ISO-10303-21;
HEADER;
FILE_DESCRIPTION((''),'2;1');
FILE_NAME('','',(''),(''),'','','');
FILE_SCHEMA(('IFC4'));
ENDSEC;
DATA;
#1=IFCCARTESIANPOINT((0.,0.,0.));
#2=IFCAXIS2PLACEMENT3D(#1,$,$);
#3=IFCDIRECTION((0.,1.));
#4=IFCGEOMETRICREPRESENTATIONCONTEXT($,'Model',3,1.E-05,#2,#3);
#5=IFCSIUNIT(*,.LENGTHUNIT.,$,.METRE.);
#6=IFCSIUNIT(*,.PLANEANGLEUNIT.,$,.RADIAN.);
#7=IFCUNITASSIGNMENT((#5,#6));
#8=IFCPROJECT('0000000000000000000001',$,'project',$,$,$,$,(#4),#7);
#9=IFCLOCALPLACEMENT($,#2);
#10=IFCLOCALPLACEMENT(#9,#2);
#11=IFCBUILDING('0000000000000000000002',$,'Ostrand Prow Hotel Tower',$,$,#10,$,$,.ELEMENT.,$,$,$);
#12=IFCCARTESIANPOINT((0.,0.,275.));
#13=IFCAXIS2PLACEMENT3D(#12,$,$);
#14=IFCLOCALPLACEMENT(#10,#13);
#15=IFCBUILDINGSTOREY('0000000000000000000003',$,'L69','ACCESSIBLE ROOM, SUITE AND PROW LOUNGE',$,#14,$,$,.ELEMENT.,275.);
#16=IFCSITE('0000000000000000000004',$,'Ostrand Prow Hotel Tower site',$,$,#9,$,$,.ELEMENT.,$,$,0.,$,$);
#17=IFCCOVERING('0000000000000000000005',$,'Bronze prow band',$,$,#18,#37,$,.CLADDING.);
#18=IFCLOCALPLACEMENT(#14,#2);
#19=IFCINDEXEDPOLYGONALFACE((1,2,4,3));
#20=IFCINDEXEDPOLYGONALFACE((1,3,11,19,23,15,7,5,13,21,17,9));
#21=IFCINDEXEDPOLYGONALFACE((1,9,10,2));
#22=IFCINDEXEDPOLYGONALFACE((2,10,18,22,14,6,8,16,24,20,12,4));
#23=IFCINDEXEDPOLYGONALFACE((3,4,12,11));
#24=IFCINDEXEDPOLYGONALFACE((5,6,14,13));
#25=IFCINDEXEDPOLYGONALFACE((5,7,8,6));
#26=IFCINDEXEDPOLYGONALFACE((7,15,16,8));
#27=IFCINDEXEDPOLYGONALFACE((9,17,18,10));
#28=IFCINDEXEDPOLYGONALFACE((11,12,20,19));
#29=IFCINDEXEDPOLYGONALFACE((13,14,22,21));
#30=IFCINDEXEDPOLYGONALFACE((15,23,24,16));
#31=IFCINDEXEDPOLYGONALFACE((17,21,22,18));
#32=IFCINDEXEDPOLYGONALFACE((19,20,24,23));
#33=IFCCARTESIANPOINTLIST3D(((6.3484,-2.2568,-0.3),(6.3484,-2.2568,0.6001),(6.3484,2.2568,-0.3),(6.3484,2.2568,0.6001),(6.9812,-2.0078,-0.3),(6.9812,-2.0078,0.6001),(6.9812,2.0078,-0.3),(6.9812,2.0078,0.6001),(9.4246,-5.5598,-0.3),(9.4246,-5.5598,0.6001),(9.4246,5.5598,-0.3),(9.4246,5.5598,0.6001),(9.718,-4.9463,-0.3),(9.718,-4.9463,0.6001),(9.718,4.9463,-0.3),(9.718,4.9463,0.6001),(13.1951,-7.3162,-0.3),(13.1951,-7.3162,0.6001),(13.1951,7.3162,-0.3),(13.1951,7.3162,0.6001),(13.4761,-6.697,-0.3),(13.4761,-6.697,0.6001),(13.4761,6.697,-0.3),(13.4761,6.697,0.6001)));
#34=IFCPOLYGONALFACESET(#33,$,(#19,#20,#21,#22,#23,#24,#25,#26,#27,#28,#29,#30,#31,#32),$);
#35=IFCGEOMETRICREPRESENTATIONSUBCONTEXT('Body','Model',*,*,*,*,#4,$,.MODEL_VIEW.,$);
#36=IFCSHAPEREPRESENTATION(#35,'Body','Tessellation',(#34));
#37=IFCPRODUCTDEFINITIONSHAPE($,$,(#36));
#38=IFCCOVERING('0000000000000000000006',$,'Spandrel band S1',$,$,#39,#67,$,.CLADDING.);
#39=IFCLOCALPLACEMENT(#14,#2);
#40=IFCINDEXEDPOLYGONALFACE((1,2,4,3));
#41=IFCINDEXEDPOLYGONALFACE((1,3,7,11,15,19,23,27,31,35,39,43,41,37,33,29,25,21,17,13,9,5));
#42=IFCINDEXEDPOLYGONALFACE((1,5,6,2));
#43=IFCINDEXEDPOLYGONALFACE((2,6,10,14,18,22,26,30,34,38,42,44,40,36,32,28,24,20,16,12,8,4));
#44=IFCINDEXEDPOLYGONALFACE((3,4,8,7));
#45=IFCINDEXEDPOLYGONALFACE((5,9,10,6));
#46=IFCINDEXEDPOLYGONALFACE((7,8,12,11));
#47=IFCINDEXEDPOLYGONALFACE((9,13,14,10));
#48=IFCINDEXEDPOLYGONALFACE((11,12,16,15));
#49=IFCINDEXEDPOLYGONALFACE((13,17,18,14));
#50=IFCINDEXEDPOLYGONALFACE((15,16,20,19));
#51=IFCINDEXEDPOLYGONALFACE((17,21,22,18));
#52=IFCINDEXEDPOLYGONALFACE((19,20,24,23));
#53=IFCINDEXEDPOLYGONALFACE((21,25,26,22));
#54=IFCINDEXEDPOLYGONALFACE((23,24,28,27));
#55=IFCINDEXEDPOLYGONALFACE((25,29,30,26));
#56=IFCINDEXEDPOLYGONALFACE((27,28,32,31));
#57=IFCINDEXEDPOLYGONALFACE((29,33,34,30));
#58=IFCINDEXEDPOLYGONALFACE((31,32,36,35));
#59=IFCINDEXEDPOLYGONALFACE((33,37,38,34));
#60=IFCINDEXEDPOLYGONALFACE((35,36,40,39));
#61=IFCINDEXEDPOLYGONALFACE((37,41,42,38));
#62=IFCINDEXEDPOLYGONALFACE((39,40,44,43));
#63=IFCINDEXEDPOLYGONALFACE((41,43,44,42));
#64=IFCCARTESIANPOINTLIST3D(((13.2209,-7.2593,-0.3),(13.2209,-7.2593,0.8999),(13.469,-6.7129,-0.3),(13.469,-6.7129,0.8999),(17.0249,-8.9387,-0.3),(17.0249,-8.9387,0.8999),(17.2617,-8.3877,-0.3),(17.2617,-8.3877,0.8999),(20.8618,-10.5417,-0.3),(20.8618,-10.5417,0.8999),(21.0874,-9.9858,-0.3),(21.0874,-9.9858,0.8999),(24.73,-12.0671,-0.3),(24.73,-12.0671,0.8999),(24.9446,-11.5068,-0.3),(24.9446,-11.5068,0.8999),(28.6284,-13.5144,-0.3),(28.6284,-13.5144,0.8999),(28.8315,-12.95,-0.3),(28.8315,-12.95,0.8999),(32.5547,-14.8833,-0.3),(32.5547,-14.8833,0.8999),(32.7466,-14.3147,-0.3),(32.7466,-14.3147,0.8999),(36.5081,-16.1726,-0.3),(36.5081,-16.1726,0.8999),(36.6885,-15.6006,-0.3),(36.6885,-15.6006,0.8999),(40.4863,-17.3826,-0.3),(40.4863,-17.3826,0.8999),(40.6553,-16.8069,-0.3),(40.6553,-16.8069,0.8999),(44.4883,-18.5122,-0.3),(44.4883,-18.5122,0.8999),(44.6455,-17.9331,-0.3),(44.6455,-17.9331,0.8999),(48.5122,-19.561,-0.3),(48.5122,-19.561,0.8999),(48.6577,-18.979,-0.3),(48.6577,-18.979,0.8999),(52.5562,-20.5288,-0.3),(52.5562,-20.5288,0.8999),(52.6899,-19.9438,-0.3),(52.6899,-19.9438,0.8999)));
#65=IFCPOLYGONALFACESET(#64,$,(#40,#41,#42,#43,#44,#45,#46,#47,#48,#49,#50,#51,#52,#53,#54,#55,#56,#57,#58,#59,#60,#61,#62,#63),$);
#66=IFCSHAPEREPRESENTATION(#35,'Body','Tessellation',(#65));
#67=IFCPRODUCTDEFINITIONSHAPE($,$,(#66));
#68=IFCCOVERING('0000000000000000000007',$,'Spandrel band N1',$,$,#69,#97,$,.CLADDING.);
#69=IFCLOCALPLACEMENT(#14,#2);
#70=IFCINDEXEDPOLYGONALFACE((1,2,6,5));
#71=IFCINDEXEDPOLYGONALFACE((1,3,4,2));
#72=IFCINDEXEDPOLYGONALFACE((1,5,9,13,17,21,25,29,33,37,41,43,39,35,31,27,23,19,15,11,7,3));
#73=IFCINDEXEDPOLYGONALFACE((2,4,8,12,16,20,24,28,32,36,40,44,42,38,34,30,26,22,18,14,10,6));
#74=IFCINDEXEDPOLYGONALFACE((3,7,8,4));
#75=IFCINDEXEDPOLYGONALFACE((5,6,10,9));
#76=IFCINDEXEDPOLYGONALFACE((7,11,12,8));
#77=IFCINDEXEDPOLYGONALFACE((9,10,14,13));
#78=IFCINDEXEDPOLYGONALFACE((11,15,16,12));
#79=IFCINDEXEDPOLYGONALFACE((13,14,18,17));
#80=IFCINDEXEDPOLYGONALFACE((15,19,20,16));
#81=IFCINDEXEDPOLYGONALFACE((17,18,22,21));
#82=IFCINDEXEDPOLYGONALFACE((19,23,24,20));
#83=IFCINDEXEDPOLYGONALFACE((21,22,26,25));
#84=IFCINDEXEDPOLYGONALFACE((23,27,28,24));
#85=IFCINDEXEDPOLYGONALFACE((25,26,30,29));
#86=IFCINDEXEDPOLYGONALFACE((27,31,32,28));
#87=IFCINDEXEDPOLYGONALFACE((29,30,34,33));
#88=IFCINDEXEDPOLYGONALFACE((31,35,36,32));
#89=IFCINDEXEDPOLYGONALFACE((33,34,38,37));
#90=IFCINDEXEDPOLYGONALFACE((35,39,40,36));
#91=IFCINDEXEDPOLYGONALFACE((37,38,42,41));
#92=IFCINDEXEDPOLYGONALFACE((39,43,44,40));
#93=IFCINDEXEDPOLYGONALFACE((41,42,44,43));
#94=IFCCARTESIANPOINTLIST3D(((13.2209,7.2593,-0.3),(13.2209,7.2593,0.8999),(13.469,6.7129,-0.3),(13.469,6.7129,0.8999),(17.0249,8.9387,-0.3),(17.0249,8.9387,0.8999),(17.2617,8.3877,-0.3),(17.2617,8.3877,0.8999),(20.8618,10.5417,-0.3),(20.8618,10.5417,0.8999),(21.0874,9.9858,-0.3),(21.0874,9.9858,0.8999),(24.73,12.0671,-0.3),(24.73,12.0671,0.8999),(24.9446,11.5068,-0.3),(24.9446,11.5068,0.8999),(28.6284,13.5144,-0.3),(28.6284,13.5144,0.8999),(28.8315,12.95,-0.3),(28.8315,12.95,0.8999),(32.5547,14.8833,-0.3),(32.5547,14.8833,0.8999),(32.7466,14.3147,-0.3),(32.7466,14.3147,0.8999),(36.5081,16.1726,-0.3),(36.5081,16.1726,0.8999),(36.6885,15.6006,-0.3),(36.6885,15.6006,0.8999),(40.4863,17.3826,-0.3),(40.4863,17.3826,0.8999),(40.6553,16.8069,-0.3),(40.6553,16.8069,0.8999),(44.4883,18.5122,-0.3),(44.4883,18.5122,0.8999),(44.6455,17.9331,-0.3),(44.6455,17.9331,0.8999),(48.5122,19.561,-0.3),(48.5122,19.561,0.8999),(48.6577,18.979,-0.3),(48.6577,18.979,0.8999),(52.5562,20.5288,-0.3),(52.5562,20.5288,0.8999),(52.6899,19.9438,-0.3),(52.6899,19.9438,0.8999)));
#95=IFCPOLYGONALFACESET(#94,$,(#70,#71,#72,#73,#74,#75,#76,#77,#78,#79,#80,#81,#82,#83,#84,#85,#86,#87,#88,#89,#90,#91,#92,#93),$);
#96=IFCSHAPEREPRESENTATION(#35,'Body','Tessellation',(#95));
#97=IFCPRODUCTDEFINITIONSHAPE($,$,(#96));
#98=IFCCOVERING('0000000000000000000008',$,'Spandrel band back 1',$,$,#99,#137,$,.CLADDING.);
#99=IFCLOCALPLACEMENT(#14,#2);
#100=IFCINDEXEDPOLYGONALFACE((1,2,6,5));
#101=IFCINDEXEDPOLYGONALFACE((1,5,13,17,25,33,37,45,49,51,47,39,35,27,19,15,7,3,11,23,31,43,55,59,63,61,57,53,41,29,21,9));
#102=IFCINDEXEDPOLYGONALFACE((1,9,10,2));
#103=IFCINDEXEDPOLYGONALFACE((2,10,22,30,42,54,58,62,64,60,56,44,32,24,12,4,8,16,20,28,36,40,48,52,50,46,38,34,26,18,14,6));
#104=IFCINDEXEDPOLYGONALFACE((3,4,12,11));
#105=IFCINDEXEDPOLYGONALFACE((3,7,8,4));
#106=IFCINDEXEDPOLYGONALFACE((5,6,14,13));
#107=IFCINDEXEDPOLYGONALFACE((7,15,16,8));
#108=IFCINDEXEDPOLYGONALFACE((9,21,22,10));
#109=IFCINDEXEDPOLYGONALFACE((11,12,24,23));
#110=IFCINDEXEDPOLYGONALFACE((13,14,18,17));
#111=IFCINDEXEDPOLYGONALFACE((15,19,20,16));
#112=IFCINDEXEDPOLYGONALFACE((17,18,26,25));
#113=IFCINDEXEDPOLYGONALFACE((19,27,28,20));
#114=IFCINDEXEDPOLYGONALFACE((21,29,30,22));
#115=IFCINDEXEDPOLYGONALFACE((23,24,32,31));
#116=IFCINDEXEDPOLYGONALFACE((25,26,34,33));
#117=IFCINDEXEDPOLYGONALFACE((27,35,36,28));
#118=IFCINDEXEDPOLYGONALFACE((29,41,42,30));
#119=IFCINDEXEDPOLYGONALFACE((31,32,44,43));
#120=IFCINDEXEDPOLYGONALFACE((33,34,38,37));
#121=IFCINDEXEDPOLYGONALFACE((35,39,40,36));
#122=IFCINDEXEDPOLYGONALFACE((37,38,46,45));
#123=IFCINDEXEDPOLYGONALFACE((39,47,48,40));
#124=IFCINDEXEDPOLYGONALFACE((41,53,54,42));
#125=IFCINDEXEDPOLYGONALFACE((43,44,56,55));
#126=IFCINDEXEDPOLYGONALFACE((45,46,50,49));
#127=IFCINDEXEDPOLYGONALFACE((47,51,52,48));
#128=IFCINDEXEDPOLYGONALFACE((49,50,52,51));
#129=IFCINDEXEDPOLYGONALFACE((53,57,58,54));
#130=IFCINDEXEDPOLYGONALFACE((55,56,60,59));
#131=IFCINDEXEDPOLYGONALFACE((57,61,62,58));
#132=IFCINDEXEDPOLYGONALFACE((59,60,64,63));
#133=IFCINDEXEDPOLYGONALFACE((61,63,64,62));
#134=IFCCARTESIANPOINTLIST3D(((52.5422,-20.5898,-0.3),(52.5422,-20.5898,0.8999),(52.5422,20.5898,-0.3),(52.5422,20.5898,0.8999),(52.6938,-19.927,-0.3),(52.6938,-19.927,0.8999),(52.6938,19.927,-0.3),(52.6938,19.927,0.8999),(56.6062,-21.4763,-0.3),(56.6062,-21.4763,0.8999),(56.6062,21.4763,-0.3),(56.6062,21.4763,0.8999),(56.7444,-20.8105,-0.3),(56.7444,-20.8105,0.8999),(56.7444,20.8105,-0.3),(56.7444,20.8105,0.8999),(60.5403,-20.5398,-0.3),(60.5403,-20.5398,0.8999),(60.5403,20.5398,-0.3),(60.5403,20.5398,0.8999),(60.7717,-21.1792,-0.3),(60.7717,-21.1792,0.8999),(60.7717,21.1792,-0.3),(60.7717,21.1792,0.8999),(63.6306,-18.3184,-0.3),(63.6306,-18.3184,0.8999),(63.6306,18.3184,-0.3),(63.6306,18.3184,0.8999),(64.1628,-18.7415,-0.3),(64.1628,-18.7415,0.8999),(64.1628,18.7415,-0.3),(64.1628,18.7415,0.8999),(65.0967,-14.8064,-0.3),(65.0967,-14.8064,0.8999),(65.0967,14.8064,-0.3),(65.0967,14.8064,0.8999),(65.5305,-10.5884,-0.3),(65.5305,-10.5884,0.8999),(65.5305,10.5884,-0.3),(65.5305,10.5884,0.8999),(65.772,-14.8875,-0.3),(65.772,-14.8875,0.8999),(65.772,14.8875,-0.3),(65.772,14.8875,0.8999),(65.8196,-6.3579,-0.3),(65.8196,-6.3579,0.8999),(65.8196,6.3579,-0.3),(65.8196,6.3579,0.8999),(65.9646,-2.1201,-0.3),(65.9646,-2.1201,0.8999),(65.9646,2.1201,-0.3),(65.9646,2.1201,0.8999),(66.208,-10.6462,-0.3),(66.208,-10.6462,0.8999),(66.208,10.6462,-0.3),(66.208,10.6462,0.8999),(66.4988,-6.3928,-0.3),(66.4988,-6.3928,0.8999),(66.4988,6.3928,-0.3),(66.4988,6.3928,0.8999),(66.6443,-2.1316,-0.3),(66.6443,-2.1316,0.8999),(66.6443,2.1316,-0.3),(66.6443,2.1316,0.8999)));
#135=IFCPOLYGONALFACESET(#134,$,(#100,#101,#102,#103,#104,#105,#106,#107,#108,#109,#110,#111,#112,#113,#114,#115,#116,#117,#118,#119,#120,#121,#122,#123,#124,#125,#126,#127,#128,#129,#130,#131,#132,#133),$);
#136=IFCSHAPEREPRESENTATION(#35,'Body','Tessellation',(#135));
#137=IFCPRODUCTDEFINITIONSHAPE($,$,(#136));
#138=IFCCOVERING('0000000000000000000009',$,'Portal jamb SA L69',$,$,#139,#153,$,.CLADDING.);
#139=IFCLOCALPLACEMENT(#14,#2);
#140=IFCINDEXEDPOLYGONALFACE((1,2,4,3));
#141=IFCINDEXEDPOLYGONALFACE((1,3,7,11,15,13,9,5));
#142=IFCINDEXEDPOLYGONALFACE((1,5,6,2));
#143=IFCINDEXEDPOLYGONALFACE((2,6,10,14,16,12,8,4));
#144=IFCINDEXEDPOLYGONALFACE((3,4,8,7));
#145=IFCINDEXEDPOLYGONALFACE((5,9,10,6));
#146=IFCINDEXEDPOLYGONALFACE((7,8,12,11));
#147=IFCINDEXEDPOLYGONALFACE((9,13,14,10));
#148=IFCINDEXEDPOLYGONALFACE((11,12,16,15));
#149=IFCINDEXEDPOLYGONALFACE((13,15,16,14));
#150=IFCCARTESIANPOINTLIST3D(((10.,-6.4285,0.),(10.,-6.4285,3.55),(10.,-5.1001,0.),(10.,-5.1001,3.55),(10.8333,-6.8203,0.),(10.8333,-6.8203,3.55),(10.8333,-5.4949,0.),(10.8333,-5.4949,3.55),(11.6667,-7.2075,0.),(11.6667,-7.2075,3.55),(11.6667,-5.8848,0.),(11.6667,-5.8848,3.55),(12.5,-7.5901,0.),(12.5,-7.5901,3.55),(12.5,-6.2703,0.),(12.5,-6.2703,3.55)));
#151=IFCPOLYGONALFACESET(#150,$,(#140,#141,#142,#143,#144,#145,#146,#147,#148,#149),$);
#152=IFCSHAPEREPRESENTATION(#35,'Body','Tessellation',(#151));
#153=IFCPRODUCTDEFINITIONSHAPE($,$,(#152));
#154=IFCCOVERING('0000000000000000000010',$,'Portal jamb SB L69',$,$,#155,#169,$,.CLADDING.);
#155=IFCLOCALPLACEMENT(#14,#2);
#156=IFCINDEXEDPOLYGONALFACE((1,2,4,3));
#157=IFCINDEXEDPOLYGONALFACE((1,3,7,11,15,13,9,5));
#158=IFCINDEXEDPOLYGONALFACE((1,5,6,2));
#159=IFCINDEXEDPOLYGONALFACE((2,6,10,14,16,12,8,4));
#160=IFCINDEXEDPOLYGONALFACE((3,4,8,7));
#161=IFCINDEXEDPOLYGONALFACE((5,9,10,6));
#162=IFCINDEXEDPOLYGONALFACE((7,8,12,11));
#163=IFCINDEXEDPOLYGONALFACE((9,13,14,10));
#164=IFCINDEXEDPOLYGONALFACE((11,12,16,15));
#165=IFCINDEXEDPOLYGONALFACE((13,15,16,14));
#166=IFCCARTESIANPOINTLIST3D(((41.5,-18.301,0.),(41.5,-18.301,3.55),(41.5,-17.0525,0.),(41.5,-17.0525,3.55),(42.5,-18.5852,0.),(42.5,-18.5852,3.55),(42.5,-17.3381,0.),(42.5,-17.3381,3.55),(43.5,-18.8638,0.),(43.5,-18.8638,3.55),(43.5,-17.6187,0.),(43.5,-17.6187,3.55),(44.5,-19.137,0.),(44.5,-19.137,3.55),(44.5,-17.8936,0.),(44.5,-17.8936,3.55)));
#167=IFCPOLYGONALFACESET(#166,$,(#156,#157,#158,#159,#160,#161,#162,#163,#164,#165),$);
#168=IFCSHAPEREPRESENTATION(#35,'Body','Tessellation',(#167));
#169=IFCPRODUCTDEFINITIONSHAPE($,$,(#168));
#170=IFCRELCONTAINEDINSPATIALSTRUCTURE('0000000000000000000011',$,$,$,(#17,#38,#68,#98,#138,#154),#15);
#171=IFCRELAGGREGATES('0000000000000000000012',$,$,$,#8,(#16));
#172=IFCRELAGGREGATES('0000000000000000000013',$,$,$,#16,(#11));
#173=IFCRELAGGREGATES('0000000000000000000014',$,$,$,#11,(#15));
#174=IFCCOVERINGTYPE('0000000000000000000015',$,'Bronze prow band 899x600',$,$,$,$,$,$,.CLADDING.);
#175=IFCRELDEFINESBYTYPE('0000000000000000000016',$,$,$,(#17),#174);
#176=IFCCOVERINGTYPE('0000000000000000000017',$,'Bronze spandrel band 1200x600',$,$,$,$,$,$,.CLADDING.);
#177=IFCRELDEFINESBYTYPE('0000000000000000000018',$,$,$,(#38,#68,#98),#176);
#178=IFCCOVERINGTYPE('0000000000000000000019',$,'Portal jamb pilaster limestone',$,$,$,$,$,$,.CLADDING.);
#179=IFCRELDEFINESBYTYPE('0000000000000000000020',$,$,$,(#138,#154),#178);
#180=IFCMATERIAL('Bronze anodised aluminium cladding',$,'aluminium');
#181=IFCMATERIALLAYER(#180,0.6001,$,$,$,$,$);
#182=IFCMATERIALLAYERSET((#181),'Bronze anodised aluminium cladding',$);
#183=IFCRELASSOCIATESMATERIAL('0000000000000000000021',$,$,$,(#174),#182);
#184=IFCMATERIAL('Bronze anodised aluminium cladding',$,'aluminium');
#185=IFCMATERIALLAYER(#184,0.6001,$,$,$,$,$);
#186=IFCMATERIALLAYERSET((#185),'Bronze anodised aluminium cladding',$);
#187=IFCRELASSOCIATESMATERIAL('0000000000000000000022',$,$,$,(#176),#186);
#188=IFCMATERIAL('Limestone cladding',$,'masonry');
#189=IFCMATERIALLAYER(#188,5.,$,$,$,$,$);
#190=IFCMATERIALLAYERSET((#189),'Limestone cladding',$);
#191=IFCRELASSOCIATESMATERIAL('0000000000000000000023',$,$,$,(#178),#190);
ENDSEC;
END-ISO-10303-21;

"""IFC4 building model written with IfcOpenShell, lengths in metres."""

from ifc_helpers import new_model, si_unit, direction, frame, origin, place, context, subcontext, project, spatial, polyline, outline, extrude, material, layer, layer_set, type_object, element, save


model = new_model("IFC4")

# Units and contexts
model_context = context("Model", 3, precision=1e-05, world=origin(), true_north=direction((0.0, 1.0)))
body_context = subcontext(model_context, "Body", "Model", "MODEL_VIEW")
ifc_project = project(units=[si_unit("LENGTHUNIT", "METRE"), si_unit("PLANEANGLEUNIT", "RADIAN")], contexts=[model_context])

# Site, building, storey
site_placement = place(None, origin())
site = spatial("IfcSite", under=ifc_project, at=site_placement, Name="Ostrand Prow Hotel Tower site", CompositionType="ELEMENT", RefElevation=0.0)
building_placement = place(site_placement, origin())
building = spatial("IfcBuilding", under=site, at=building_placement, Name="Ostrand Prow Hotel Tower", CompositionType="ELEMENT")
storey_placement = place(building_placement, frame((0.0, 0.0, 275.0)))
storey = spatial("IfcBuildingStorey", under=building, at=storey_placement, Name="L69", Description="ACCESSIBLE ROOM, SUITE AND PROW LOUNGE", CompositionType="ELEMENT", Elevation=275.0)

# Coverings
ifc_material_1 = material(Name="Bronze anodised aluminium cladding", Category="aluminium")
ifc_layer_1 = layer(ifc_material_1, 0.6001)
ifc_layer_set_1 = layer_set([ifc_layer_1], Name="Bronze anodised aluminium cladding")
covering_type_1 = type_object("IfcCoveringType", Name="Bronze prow band 899x600", PredefinedType="CLADDING", material=ifc_layer_set_1)
covering_1_placement = place(storey_placement, frame((0.0, 0.0, -0.3)))
element("IfcCovering", 1, at=covering_1_placement, inside=storey, type_object=covering_type_1, Name="Bronze prow band", PredefinedType="CLADDING", context=body_context, shape_type="SweptSolid", body=[
    extrude(outline(polyline([(13.1951, 7.3162), (9.4246, 5.5598), (6.3484, 2.2568), (6.3484, -2.2568), (9.4246, -5.5598), (13.1951, -7.3162), (13.4761, -6.697), (9.718, -4.9463), (6.9812, -2.0078), (6.9812, 2.0078), (9.718, 4.9463), (13.4761, 6.697), (13.1951, 7.3162)])), origin(), (0.0, 0.0, 1.0), 0.9001),
])
ifc_material_2 = material(Name="Bronze anodised aluminium cladding", Category="aluminium")
ifc_layer_2 = layer(ifc_material_2, 0.6001)
ifc_layer_set_2 = layer_set([ifc_layer_2], Name="Bronze anodised aluminium cladding")
covering_type_2 = type_object("IfcCoveringType", Name="Bronze spandrel band 1200x600", PredefinedType="CLADDING", material=ifc_layer_set_2)
covering_2_placement = place(storey_placement, frame((0.0, 0.0, -0.3)))
element("IfcCovering", 2, at=covering_2_placement, inside=storey, type_object=covering_type_2, Name="Spandrel band S1", PredefinedType="CLADDING", context=body_context, shape_type="SweptSolid", body=[
    extrude(outline(polyline([(13.2209, -7.2593), (17.0249, -8.9387), (20.8618, -10.5417), (24.73, -12.0671), (28.6284, -13.5144), (32.5547, -14.8833), (36.5081, -16.1726), (40.4863, -17.3826), (44.4883, -18.5122), (48.5122, -19.561), (52.5562, -20.5288), (52.6899, -19.9438), (48.6577, -18.979), (44.6455, -17.9331), (40.6553, -16.8069), (36.6885, -15.6006), (32.7466, -14.3147), (28.8315, -12.95), (24.9446, -11.5068), (21.0874, -9.9858), (17.2617, -8.3877), (13.469, -6.7129), (13.2209, -7.2593)])), origin(), (0.0, 0.0, 1.0), 1.2),
])
covering_3_placement = place(storey_placement, frame((0.0, 0.0, -0.3)))
element("IfcCovering", 3, at=covering_3_placement, inside=storey, type_object=covering_type_2, Name="Spandrel band N1", PredefinedType="CLADDING", context=body_context, shape_type="SweptSolid", body=[
    extrude(outline(polyline([(52.5562, 20.5288), (48.5122, 19.561), (44.4883, 18.5122), (40.4863, 17.3826), (36.5081, 16.1726), (32.5547, 14.8833), (28.6284, 13.5144), (24.73, 12.0671), (20.8618, 10.5417), (17.0249, 8.9387), (13.2209, 7.2593), (13.469, 6.7129), (17.2617, 8.3877), (21.0874, 9.9858), (24.9446, 11.5068), (28.8315, 12.95), (32.7466, 14.3147), (36.6885, 15.6006), (40.6553, 16.8069), (44.6455, 17.9331), (48.6577, 18.979), (52.6899, 19.9438), (52.5562, 20.5288)])), origin(), (0.0, 0.0, 1.0), 1.2),
])
covering_4_placement = place(storey_placement, frame((0.0, 0.0, -0.3)))
element("IfcCovering", 4, at=covering_4_placement, inside=storey, type_object=covering_type_2, Name="Spandrel band back 1", PredefinedType="CLADDING", context=body_context, shape_type="SweptSolid", body=[
    extrude(outline(polyline([(52.5422, -20.5898), (56.6062, -21.4763), (60.7717, -21.1792), (64.1628, -18.7415), (65.772, -14.8875), (66.208, -10.6462), (66.4988, -6.3928), (66.6443, -2.1316), (66.6443, 2.1316), (66.4988, 6.3928), (66.208, 10.6462), (65.772, 14.8875), (64.1628, 18.7415), (60.7717, 21.1792), (56.6062, 21.4763), (52.5422, 20.5898), (52.6938, 19.927), (56.7444, 20.8105), (60.5403, 20.5398), (63.6306, 18.3184), (65.0967, 14.8064), (65.5305, 10.5884), (65.8196, 6.3579), (65.9646, 2.1201), (65.9646, -2.1201), (65.8196, -6.3579), (65.5305, -10.5884), (65.0967, -14.8064), (63.6306, -18.3184), (60.5403, -20.5398), (56.7444, -20.8105), (52.6938, -19.927), (52.5422, -20.5898)])), origin(), (0.0, 0.0, 1.0), 1.2),
])
ifc_material_3 = material(Name="Limestone cladding", Category="masonry")
ifc_layer_3 = layer(ifc_material_3, 5.0)
ifc_layer_set_3 = layer_set([ifc_layer_3], Name="Limestone cladding")
covering_type_3 = type_object("IfcCoveringType", Name="Portal jamb pilaster limestone", PredefinedType="CLADDING", material=ifc_layer_set_3)
covering_5_placement = place(storey_placement, origin())
element("IfcCovering", 5, at=covering_5_placement, inside=storey, type_object=covering_type_3, Name="Portal jamb SA L69", PredefinedType="CLADDING", context=body_context, shape_type="SweptSolid", body=[
    extrude(outline(polyline([(10.0, -5.1001), (10.0, -6.4285), (10.8333, -6.8203), (11.6667, -7.2075), (12.5, -7.5901), (12.5, -6.2703), (11.6667, -5.8848), (10.8333, -5.4949), (10.0, -5.1001)])), origin(), (0.0, 0.0, 1.0), 3.55),
])
covering_6_placement = place(storey_placement, origin())
element("IfcCovering", 6, at=covering_6_placement, inside=storey, type_object=covering_type_3, Name="Portal jamb SB L69", PredefinedType="CLADDING", context=body_context, shape_type="SweptSolid", body=[
    extrude(outline(polyline([(41.5, -17.0525), (41.5, -18.301), (42.5, -18.5852), (43.5, -18.8638), (44.5, -19.137), (44.5, -17.8936), (43.5, -17.6187), (42.5, -17.3381), (41.5, -17.0525)])), origin(), (0.0, 0.0, 1.0), 3.55),
])

save(model, "model.ifc")
